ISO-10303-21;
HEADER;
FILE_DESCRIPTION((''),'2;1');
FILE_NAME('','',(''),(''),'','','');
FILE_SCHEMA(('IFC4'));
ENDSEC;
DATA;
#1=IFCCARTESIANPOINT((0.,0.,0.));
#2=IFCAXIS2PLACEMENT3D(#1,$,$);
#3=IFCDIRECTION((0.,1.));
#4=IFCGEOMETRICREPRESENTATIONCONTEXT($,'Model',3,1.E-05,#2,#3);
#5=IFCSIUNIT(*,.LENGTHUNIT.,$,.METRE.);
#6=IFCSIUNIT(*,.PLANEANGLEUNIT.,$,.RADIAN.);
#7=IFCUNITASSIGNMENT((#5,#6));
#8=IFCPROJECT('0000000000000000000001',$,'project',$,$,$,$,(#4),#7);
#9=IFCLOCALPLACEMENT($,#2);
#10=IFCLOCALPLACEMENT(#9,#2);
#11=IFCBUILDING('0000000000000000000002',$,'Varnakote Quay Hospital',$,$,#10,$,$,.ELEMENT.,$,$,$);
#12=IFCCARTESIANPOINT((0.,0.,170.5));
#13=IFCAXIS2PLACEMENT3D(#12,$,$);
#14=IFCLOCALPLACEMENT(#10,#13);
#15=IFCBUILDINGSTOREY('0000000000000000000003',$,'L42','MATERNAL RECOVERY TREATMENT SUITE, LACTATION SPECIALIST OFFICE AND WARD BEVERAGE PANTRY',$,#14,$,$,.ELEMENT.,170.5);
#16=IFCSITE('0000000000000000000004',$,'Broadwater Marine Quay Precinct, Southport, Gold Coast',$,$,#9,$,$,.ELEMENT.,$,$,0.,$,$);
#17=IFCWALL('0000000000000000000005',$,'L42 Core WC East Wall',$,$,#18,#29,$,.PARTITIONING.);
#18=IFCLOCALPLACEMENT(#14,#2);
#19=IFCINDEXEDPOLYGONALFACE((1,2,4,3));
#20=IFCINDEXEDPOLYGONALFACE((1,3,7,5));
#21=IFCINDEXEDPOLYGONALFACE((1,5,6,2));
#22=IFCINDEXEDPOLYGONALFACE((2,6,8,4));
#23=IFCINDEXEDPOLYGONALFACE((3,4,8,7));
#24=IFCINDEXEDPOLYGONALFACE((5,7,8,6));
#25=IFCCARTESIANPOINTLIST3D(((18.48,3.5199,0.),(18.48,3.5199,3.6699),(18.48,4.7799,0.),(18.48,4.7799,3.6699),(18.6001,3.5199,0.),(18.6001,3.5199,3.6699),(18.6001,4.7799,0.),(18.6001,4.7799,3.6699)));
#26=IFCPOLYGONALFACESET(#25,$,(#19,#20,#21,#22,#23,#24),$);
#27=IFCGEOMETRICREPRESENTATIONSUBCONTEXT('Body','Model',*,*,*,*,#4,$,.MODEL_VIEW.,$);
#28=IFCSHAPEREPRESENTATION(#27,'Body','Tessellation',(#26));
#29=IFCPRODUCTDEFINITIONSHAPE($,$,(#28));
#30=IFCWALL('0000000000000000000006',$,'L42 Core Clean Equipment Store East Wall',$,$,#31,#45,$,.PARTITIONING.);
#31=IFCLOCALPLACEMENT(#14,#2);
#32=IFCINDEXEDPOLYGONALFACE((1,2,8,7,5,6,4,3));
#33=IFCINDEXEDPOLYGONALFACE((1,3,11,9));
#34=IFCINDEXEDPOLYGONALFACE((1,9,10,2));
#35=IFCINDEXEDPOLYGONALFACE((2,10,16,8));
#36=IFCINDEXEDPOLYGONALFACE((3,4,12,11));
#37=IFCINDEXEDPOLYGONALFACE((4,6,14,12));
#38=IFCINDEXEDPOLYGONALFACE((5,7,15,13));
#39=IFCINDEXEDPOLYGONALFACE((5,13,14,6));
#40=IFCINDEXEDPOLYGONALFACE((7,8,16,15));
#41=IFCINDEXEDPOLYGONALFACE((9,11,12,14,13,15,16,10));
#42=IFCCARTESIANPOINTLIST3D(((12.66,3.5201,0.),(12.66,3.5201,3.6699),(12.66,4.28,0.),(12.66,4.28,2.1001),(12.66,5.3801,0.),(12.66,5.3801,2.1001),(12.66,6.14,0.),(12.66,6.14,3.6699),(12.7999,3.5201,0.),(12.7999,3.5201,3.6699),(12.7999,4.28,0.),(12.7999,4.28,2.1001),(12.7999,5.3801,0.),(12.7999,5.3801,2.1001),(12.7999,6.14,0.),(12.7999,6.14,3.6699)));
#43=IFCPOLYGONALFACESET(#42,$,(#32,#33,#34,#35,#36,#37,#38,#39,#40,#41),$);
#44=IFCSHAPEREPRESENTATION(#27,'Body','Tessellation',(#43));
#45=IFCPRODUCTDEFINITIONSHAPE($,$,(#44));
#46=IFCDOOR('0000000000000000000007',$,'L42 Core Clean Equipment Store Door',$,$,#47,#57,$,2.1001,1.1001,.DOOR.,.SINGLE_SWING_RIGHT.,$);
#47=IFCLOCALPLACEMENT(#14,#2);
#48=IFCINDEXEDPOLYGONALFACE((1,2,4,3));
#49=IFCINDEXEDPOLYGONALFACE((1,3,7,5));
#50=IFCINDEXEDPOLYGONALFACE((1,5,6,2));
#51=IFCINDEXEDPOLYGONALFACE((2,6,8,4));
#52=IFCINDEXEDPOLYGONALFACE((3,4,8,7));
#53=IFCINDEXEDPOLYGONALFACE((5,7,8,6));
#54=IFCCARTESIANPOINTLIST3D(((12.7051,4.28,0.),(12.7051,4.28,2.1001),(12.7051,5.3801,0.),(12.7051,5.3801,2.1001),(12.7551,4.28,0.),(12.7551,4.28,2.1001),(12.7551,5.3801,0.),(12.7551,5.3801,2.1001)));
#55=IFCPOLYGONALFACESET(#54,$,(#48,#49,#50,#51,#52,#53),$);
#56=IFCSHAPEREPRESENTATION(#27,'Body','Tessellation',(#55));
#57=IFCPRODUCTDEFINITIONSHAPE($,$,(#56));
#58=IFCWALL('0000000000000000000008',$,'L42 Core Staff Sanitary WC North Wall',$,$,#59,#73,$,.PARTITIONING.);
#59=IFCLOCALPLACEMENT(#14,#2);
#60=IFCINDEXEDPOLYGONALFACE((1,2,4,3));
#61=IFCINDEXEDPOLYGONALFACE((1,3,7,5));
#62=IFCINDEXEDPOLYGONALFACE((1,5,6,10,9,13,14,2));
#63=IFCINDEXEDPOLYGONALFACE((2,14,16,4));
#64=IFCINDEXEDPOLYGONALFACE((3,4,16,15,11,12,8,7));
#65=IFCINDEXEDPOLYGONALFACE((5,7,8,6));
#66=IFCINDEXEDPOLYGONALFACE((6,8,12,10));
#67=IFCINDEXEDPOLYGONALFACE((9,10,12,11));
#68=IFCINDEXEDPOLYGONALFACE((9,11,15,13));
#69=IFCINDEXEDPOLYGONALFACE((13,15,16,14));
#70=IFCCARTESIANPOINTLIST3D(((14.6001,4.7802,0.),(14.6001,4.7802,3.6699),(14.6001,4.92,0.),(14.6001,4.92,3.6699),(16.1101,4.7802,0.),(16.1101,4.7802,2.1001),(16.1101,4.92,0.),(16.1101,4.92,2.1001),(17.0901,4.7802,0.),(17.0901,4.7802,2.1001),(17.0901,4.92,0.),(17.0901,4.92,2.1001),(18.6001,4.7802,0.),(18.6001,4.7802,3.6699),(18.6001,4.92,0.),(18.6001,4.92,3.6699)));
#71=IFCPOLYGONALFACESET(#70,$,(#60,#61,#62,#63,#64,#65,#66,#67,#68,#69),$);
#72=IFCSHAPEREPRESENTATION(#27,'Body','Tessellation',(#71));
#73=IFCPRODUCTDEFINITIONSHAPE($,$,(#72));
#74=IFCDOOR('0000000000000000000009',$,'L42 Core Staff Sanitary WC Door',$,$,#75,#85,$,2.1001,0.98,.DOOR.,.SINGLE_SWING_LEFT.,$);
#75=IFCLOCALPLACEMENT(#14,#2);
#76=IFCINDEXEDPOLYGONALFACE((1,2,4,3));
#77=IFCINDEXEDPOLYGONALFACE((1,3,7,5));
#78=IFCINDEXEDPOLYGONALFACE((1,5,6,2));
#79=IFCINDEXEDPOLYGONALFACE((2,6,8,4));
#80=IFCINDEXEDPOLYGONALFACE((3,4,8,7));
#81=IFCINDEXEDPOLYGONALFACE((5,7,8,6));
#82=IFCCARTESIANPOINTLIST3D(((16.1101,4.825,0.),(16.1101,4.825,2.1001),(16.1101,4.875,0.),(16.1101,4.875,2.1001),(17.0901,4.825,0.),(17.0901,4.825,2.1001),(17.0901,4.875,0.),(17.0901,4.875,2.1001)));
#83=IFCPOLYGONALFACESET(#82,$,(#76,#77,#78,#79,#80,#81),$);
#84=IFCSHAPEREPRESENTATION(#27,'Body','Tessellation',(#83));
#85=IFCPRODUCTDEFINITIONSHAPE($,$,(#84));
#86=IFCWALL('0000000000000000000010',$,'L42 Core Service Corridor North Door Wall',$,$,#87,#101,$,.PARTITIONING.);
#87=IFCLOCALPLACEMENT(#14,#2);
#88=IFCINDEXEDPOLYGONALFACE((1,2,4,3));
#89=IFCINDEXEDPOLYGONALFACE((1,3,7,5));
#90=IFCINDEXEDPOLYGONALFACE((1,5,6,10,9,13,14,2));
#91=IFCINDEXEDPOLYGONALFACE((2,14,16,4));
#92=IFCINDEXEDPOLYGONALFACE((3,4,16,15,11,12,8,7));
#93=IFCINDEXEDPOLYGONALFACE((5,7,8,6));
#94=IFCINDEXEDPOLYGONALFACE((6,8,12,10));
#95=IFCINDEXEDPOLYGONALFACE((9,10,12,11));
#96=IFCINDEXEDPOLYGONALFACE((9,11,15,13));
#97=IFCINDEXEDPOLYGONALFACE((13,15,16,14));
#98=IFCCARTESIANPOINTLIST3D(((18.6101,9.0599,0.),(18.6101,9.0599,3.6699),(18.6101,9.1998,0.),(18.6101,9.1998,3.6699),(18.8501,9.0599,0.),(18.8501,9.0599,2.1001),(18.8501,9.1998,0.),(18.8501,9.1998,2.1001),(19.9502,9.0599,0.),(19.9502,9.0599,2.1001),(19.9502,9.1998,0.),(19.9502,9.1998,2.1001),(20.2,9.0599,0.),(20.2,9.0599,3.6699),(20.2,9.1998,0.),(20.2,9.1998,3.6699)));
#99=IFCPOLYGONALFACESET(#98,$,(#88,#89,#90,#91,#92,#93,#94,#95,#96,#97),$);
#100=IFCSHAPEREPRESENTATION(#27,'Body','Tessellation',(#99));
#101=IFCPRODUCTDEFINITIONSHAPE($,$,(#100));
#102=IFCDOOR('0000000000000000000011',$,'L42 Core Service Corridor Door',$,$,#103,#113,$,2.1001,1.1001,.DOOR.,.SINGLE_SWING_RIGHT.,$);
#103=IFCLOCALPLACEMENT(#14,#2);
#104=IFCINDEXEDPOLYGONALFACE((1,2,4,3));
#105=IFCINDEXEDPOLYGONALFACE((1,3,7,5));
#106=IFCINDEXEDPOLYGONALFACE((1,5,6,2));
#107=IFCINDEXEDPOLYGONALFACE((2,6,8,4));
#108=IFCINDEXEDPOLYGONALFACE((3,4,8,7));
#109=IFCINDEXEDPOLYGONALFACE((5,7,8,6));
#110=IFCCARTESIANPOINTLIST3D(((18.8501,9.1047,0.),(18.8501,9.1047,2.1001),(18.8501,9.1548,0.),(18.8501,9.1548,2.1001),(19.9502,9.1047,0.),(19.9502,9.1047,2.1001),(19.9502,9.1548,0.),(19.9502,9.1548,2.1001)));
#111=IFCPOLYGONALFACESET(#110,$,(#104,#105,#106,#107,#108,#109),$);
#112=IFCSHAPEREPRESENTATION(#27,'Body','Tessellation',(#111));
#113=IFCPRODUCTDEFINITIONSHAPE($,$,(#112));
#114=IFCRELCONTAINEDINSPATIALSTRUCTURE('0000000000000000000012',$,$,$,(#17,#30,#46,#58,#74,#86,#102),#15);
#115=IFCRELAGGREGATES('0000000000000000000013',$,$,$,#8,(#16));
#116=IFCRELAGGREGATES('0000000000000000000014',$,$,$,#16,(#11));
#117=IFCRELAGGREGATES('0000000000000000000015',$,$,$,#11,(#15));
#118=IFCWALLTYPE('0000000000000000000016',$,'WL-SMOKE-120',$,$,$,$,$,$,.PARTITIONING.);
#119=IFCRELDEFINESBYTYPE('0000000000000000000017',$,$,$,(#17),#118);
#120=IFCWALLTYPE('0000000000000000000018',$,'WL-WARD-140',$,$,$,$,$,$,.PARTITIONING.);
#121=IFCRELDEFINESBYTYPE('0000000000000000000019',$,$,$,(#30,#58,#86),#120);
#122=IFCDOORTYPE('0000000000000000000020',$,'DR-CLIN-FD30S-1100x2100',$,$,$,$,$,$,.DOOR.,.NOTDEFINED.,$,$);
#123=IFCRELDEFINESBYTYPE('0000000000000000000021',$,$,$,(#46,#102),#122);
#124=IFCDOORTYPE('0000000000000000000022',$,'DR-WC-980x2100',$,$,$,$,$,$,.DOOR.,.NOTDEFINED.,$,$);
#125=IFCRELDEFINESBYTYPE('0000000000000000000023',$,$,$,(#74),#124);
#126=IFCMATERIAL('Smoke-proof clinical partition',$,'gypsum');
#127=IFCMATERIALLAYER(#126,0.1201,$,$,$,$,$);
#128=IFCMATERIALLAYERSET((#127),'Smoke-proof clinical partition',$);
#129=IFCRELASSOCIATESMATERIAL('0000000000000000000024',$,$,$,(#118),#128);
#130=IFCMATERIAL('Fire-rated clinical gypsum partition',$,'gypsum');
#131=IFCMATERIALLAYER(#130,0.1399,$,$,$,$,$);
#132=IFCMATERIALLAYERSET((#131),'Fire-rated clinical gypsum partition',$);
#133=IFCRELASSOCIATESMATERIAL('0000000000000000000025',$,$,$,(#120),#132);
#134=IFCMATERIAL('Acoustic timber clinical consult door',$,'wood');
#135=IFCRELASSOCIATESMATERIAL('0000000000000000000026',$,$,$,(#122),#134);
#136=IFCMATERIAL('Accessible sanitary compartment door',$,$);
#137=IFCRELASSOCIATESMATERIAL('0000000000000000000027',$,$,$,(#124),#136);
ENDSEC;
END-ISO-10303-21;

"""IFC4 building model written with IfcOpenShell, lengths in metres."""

from ifc_helpers import new_model, si_unit, direction, frame, frame_2d, origin, place, context, subcontext, project, spatial, rectangle, extrude, material, layer, layer_set, type_object, element, fill, save


model = new_model("IFC4")

# Units and contexts
model_context = context("Model", 3, precision=1e-05, world=origin(), true_north=direction((0.0, 1.0)))
body_context = subcontext(model_context, "Body", "Model", "MODEL_VIEW")
ifc_project = project(units=[si_unit("LENGTHUNIT", "METRE"), si_unit("PLANEANGLEUNIT", "RADIAN")], contexts=[model_context])

# Site, building, storey
site_placement = place(None, origin())
site = spatial("IfcSite", under=ifc_project, at=site_placement, Name="Broadwater Marine Quay Precinct, Southport, Gold Coast", CompositionType="ELEMENT", RefElevation=0.0)
building_placement = place(site_placement, origin())
building = spatial("IfcBuilding", under=site, at=building_placement, Name="Varnakote Quay Hospital", CompositionType="ELEMENT")
storey_placement = place(building_placement, frame((0.0, 0.0, 170.5)))
storey = spatial("IfcBuildingStorey", under=building, at=storey_placement, Name="L42", Description="MATERNAL RECOVERY TREATMENT SUITE, LACTATION SPECIALIST OFFICE AND WARD BEVERAGE PANTRY", CompositionType="ELEMENT", Elevation=170.5)

# Wall
ifc_material_1 = material(Name="Smoke-proof clinical partition", Category="gypsum")
ifc_layer_1 = layer(ifc_material_1, 0.1201)
ifc_layer_set_1 = layer_set([ifc_layer_1], Name="Smoke-proof clinical partition")
wall_type_1 = type_object("IfcWallType", Name="WL-SMOKE-120", PredefinedType="PARTITIONING", material=ifc_layer_set_1)
for number, where, z_axis, x_axis, name in (
    (1, (18.54, 3.52, 0.0), (0.0, 0.0, 1.0), (0.0, 1.0, 0.0), "L42 Core WC East Wall"),
):
    element("IfcWall", number, at=place(storey_placement, frame(where, z_axis=z_axis, x_axis=x_axis)), inside=storey, type_object=wall_type_1, Name=name, PredefinedType="PARTITIONING", context=body_context, shape_type="SweptSolid", body=[
        extrude(rectangle(XDim=1.26, YDim=0.1201, at=frame_2d((0.6299, 0.0))), origin(), (0.0, 0.0, 1.0), 3.6699),
    ])

# Walls, openings, doors
ifc_material_2 = material(Name="Fire-rated clinical gypsum partition", Category="gypsum")
ifc_layer_2 = layer(ifc_material_2, 0.1399)
ifc_layer_set_2 = layer_set([ifc_layer_2], Name="Fire-rated clinical gypsum partition")
wall_type_2 = type_object("IfcWallType", Name="WL-WARD-140", PredefinedType="PARTITIONING", material=ifc_layer_set_2)
wall_1_placement = place(storey_placement, frame((12.73, 3.52, 0.0), z_axis=(0.0, 0.0, 1.0), x_axis=(0.0, 1.0, 0.0)))
wall_1 = element("IfcWall", 2, at=wall_1_placement, inside=storey, type_object=wall_type_2, Name="L42 Core Clean Equipment Store East Wall", PredefinedType="PARTITIONING", context=body_context, shape_type="SweptSolid", body=[
    extrude(rectangle(XDim=2.6199, YDim=0.1399, at=frame_2d((1.3101, 0.0))), origin(), (0.0, 0.0, 1.0), 3.6699),
])
opening_1_placement = place(wall_1_placement, frame((0.76, 0.0, 0.0)))
opening_1 = element("IfcOpeningElement", 3, at=opening_1_placement, cuts=wall_1, PredefinedType="OPENING", context=body_context, shape_type="SweptSolid", body=[
    extrude(rectangle(XDim=1.1001, YDim=2.1001, at=frame_2d((0.55, 1.05))), frame((0.0, 0.0798, 0.0), z_axis=(0.0, -1.0, 0.0), x_axis=(1.0, 0.0, 0.0)), (0.0, 0.0, 1.0), 0.1599),
])
ifc_material_3 = material(Name="Acoustic timber clinical consult door", Category="wood")
door_type_1 = type_object("IfcDoorType", Name="DR-CLIN-FD30S-1100x2100", OperationType="NOTDEFINED", PredefinedType="DOOR", material=ifc_material_3)
door_1_placement = place(opening_1_placement, origin())
door_1 = element("IfcDoor", 4, at=door_1_placement, inside=storey, type_object=door_type_1, Name="L42 Core Clean Equipment Store Door", OperationType="SINGLE_SWING_RIGHT", OverallHeight=2.1001, OverallWidth=1.1001, PredefinedType="DOOR", context=body_context, shape_type="SweptSolid", body=[
    extrude(rectangle(XDim=1.1001, YDim=2.1001, at=frame_2d((0.55, 1.05))), frame((0.0, 0.0249, 0.0), z_axis=(0.0, -1.0, 0.0), x_axis=(1.0, 0.0, 0.0)), (0.0, 0.0, 1.0), 0.05),
])
fill(opening_1, door_1)
wall_2_placement = place(storey_placement, frame((14.6001, 4.8501, 0.0), z_axis=(0.0, 0.0, 1.0), x_axis=(1.0, 0.0, 0.0)))
wall_2 = element("IfcWall", 5, at=wall_2_placement, inside=storey, type_object=wall_type_2, Name="L42 Core Staff Sanitary WC North Wall", PredefinedType="PARTITIONING", context=body_context, shape_type="SweptSolid", body=[
    extrude(rectangle(XDim=4.0, YDim=0.1399, at=frame_2d((2.0, 0.0))), origin(), (0.0, 0.0, 1.0), 3.6699),
])
opening_2_placement = place(wall_2_placement, frame((1.51, 0.0, 0.0)))
opening_2 = element("IfcOpeningElement", 6, at=opening_2_placement, cuts=wall_2, PredefinedType="OPENING", context=body_context, shape_type="SweptSolid", body=[
    extrude(rectangle(XDim=0.98, YDim=2.1001, at=frame_2d((0.49, 1.05))), frame((0.0, 0.0798, 0.0), z_axis=(0.0, -1.0, 0.0), x_axis=(1.0, 0.0, 0.0)), (0.0, 0.0, 1.0), 0.1599),
])
ifc_material_4 = material(Name="Accessible sanitary compartment door")
door_type_2 = type_object("IfcDoorType", Name="DR-WC-980x2100", OperationType="NOTDEFINED", PredefinedType="DOOR", material=ifc_material_4)
door_2_placement = place(opening_2_placement, origin())
door_2 = element("IfcDoor", 7, at=door_2_placement, inside=storey, type_object=door_type_2, Name="L42 Core Staff Sanitary WC Door", OperationType="SINGLE_SWING_LEFT", OverallHeight=2.1001, OverallWidth=0.98, PredefinedType="DOOR", context=body_context, shape_type="SweptSolid", body=[
    extrude(rectangle(XDim=0.98, YDim=2.1001, at=frame_2d((0.49, 1.05))), frame((0.0, 0.0249, 0.0), z_axis=(0.0, -1.0, 0.0), x_axis=(1.0, 0.0, 0.0)), (0.0, 0.0, 1.0), 0.05),
])
fill(opening_2, door_2)
wall_3_placement = place(storey_placement, frame((18.6101, 9.1299, 0.0), z_axis=(0.0, 0.0, 1.0), x_axis=(1.0, 0.0, 0.0)))
wall_3 = element("IfcWall", 8, at=wall_3_placement, inside=storey, type_object=wall_type_2, Name="L42 Core Service Corridor North Door Wall", PredefinedType="PARTITIONING", context=body_context, shape_type="SweptSolid", body=[
    extrude(rectangle(XDim=1.5898, YDim=0.1399, at=frame_2d((0.7949, 0.0))), origin(), (0.0, 0.0, 1.0), 3.6699),
])
opening_3_placement = place(wall_3_placement, frame((0.24, 0.0, 0.0)))
opening_3 = element("IfcOpeningElement", 9, at=opening_3_placement, cuts=wall_3, PredefinedType="OPENING", context=body_context, shape_type="SweptSolid", body=[
    extrude(rectangle(XDim=1.1001, YDim=2.1001, at=frame_2d((0.55, 1.05))), frame((0.0, 0.0798, 0.0), z_axis=(0.0, -1.0, 0.0), x_axis=(1.0, 0.0, 0.0)), (0.0, 0.0, 1.0), 0.1599),
])
door_3_placement = place(opening_3_placement, origin())
door_3 = element("IfcDoor", 10, at=door_3_placement, inside=storey, type_object=door_type_1, Name="L42 Core Service Corridor Door", OperationType="SINGLE_SWING_RIGHT", OverallHeight=2.1001, OverallWidth=1.1001, PredefinedType="DOOR", context=body_context, shape_type="SweptSolid", body=[
    extrude(rectangle(XDim=1.1001, YDim=2.1001, at=frame_2d((0.55, 1.05))), frame((0.0, 0.0249, 0.0), z_axis=(0.0, -1.0, 0.0), x_axis=(1.0, 0.0, 0.0)), (0.0, 0.0, 1.0), 0.05),
])
fill(opening_3, door_3)

save(model, "model.ifc")
